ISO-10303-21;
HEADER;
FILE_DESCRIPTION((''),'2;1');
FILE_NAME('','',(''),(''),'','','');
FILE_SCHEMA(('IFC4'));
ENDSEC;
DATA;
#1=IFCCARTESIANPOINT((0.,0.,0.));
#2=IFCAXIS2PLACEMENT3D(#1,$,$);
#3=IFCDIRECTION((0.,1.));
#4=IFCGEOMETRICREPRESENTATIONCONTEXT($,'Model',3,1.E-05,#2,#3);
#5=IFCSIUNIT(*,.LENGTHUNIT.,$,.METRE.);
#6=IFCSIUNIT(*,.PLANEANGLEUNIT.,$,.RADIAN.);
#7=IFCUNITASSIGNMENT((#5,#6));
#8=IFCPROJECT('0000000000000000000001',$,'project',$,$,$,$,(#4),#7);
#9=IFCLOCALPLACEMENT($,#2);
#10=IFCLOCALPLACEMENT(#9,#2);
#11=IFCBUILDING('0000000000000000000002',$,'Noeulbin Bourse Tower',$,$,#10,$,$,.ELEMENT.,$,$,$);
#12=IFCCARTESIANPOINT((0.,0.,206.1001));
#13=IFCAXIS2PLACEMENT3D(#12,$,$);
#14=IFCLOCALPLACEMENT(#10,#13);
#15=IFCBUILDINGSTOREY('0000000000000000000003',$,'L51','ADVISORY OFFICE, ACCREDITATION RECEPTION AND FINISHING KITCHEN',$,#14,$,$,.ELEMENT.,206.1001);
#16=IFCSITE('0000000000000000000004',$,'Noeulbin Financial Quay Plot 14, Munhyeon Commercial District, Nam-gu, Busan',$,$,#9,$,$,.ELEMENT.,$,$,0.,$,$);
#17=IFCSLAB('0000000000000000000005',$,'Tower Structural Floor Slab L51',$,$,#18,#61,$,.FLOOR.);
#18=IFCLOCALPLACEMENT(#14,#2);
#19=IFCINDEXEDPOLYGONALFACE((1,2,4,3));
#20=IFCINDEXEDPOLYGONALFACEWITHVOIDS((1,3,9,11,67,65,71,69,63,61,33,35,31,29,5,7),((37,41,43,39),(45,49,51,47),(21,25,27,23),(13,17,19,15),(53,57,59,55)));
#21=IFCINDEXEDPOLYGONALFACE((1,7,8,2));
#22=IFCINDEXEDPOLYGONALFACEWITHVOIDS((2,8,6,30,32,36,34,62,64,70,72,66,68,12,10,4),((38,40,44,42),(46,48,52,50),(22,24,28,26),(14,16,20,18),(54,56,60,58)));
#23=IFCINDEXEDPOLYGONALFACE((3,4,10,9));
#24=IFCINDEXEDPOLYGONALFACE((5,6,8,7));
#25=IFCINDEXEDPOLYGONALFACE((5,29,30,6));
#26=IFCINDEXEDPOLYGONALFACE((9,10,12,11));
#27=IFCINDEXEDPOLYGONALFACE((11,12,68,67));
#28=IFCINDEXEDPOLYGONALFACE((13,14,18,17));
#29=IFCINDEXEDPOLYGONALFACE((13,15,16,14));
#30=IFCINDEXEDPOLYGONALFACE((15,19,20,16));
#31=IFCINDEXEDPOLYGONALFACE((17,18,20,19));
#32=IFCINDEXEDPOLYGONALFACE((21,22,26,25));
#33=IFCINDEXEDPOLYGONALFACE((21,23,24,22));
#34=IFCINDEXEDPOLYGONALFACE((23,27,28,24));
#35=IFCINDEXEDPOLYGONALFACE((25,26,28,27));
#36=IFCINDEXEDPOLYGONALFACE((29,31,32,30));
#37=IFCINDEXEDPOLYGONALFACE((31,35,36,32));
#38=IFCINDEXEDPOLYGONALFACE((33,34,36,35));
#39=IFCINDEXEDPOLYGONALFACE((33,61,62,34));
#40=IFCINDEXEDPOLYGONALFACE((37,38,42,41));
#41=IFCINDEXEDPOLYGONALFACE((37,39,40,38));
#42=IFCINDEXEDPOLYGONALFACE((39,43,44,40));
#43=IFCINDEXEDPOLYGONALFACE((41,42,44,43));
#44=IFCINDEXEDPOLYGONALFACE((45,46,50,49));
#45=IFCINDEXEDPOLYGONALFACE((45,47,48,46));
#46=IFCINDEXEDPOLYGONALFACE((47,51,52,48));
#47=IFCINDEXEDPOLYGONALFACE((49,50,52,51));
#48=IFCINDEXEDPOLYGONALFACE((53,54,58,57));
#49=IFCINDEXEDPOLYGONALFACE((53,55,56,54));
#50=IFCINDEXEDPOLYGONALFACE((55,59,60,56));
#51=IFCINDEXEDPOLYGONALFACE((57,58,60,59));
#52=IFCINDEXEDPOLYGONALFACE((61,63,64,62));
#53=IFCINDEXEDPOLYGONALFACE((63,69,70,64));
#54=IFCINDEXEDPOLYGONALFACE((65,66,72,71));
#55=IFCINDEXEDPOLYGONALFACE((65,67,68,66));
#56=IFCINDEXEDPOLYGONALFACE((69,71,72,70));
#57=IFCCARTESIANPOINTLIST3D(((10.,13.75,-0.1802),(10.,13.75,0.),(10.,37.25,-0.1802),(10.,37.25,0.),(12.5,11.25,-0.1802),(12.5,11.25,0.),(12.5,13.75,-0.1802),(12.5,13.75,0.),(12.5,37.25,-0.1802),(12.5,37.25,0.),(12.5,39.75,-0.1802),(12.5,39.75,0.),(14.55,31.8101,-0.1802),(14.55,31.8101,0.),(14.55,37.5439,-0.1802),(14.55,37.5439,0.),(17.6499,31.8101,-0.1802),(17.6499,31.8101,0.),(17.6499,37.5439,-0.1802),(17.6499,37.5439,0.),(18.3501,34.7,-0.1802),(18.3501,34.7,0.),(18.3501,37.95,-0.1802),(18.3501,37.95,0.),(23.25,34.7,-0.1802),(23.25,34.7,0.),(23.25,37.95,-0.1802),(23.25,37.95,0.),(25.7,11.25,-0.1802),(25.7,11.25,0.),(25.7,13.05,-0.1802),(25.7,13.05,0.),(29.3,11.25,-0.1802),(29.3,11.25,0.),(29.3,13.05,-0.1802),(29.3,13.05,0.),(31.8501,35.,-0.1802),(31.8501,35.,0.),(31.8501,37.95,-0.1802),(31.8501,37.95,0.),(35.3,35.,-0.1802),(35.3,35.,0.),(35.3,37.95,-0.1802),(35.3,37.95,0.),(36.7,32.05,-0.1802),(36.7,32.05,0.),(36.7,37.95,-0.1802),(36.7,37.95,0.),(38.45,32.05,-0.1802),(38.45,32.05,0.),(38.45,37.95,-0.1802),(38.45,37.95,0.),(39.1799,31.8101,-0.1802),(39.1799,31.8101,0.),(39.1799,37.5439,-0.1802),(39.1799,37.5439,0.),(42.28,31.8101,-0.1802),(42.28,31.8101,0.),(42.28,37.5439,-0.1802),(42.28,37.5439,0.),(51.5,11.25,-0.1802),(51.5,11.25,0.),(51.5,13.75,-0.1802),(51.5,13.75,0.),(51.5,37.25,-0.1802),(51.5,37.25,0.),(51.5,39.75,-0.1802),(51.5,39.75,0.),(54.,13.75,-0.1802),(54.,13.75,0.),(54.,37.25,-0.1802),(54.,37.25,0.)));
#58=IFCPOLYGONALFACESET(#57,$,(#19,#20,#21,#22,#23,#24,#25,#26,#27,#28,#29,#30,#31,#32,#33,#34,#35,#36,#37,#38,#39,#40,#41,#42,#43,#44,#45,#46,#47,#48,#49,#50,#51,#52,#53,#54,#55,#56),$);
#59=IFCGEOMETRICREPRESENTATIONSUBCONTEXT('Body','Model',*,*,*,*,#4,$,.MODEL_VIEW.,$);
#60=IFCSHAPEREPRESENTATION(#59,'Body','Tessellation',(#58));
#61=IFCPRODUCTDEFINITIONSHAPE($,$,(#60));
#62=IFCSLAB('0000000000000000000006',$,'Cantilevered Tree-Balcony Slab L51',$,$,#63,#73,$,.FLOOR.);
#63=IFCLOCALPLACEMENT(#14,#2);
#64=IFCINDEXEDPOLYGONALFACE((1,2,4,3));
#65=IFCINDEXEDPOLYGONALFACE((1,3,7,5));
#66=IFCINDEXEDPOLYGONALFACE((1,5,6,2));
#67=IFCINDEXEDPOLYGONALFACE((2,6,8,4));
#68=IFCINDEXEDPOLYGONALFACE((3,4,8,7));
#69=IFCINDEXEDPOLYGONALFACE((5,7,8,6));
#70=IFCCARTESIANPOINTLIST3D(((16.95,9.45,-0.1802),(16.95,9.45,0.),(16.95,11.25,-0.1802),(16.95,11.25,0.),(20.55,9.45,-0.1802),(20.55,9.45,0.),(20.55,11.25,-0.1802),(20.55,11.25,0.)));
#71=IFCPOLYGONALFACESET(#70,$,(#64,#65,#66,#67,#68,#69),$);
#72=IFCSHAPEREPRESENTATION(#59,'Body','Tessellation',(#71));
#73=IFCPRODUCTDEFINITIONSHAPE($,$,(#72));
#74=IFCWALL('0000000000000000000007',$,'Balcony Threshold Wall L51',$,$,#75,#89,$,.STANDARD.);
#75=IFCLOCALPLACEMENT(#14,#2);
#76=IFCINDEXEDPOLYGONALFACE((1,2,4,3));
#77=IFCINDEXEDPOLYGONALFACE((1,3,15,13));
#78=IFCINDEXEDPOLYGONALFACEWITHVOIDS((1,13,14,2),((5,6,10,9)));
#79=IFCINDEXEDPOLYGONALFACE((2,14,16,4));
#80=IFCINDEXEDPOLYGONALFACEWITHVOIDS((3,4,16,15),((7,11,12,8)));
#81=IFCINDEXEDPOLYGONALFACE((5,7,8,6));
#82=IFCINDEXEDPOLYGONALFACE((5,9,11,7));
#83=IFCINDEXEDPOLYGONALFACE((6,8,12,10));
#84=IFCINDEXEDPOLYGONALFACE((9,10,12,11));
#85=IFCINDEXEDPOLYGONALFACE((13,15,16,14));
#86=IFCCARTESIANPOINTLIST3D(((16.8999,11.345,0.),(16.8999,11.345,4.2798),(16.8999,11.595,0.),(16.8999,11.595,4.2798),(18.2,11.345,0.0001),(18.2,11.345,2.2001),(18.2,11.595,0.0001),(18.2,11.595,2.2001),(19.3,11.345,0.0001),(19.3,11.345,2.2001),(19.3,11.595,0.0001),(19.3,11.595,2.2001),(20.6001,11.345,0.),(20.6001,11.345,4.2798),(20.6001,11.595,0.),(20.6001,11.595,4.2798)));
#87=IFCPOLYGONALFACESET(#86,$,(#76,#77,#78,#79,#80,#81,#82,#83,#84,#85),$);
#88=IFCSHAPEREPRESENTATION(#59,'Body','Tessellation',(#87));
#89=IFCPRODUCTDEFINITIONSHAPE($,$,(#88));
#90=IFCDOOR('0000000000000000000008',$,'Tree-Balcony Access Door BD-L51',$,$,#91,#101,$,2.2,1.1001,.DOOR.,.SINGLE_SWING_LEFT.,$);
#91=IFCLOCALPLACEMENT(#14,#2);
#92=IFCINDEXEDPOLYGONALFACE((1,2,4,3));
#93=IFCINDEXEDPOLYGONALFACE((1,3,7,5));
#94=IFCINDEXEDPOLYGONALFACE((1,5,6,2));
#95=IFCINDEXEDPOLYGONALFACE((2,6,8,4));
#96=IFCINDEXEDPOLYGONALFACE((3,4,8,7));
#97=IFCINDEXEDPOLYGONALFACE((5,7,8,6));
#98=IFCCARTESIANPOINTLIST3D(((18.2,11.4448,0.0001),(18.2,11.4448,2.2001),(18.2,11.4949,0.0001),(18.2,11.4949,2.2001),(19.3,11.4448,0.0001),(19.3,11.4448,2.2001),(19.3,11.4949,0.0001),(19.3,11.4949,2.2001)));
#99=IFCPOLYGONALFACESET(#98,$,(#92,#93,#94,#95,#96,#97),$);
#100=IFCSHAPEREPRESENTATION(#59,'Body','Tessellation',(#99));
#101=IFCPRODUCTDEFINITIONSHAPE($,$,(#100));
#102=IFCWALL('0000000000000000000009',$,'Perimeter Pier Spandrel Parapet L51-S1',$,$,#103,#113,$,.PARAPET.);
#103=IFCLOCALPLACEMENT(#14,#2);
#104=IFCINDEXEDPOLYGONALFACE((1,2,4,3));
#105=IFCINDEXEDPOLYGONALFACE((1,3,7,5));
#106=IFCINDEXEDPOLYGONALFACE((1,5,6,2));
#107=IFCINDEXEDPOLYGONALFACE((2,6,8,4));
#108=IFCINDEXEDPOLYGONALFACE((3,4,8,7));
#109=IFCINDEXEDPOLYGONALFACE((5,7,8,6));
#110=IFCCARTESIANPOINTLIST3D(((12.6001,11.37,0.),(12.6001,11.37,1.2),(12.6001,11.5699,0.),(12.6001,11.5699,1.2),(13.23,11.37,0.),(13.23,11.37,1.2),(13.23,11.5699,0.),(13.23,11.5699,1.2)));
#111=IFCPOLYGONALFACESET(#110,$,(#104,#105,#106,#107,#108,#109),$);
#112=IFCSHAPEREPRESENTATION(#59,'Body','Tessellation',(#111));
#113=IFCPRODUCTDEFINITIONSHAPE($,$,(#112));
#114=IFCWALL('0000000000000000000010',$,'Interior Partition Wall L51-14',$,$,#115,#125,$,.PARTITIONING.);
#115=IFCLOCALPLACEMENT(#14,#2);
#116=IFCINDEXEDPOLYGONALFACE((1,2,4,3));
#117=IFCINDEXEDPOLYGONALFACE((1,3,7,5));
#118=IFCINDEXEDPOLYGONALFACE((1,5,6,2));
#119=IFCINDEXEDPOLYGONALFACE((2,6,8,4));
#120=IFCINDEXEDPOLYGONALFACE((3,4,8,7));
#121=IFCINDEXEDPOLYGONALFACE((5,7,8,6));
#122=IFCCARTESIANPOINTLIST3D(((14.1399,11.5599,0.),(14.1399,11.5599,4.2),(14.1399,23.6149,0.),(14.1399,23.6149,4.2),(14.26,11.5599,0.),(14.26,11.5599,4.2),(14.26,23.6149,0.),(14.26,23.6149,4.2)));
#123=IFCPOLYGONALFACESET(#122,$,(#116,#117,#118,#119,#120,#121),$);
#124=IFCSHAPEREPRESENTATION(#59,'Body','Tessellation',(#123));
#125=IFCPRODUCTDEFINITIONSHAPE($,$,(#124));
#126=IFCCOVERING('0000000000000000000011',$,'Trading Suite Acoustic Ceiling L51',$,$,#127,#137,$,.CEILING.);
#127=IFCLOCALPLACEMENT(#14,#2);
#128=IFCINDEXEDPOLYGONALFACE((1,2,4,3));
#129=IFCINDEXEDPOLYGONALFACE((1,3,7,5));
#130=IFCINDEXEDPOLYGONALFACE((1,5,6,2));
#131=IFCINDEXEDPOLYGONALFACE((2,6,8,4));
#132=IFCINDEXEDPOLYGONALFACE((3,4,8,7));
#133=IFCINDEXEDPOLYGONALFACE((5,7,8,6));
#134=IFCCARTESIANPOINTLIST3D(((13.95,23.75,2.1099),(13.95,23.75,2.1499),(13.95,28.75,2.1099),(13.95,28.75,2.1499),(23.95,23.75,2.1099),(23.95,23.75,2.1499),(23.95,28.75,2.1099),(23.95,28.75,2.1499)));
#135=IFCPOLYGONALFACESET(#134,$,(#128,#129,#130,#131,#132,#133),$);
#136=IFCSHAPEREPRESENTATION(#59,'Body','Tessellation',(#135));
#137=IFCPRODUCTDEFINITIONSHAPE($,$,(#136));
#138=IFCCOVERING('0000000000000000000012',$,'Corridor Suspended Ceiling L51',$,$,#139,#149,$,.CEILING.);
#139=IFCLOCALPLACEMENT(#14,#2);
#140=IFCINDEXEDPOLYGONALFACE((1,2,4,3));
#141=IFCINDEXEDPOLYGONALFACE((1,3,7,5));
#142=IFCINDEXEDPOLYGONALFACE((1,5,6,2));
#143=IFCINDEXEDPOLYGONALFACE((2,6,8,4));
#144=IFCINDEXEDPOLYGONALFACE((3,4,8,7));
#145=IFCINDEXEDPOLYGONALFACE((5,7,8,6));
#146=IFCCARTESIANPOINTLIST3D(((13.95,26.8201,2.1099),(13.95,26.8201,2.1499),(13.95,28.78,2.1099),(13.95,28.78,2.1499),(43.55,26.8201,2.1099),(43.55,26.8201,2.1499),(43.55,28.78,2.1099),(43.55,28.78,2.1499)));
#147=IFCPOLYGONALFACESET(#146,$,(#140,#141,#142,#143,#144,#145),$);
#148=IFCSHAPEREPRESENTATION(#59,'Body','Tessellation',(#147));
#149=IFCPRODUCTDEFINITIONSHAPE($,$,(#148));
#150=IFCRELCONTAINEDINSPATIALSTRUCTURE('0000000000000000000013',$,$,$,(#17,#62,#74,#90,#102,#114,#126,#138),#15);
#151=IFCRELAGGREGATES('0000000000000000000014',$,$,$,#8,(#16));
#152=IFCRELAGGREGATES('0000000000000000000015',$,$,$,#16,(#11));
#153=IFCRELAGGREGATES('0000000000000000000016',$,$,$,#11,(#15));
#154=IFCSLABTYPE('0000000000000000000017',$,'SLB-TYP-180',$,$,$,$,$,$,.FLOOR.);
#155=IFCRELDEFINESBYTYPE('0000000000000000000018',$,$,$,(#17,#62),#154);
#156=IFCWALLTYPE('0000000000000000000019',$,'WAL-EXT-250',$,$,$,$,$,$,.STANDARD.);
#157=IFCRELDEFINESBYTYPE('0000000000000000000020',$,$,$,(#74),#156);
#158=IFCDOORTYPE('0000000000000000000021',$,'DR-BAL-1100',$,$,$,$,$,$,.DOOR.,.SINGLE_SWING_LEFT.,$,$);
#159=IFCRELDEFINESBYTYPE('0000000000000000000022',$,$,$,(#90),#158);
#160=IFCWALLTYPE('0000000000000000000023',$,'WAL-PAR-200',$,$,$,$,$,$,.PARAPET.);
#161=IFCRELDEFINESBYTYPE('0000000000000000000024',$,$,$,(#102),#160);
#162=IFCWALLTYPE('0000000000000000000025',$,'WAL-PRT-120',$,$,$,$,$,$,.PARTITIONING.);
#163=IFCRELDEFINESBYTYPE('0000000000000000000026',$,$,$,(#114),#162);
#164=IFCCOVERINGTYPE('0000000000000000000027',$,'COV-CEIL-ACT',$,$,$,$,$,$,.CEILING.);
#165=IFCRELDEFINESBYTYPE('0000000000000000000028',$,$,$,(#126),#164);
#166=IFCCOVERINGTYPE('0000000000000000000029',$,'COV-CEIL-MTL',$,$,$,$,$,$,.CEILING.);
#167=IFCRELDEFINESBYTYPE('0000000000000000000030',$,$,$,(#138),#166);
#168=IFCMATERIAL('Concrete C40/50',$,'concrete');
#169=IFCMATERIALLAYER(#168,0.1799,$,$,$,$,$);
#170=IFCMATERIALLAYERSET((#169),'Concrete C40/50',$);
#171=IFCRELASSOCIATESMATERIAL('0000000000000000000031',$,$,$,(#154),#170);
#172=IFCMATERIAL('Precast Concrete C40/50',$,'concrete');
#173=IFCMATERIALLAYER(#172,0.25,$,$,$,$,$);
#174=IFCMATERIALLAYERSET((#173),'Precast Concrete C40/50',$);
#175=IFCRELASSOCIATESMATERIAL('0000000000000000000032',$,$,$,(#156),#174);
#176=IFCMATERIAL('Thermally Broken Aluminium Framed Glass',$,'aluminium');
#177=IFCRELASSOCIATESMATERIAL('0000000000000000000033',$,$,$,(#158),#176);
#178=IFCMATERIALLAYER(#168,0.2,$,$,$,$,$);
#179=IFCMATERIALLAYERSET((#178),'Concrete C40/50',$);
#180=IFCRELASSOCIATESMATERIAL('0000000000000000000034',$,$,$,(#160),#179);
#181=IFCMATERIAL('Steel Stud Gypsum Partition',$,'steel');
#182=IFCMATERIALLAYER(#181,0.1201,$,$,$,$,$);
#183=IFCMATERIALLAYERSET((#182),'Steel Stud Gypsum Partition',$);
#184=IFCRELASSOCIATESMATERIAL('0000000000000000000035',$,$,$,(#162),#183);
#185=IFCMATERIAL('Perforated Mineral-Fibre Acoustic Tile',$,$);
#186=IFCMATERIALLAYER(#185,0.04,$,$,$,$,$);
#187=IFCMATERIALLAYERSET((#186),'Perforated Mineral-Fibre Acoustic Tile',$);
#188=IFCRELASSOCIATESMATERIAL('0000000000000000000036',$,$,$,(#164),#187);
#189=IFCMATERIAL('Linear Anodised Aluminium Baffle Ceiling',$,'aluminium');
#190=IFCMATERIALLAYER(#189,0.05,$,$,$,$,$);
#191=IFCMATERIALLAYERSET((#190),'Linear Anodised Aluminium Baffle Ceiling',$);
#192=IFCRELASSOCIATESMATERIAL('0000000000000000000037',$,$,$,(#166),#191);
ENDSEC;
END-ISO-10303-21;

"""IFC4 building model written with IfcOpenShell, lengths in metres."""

from ifc_helpers import new_model, si_unit, direction, frame, frame_2d, origin, place, context, subcontext, project, spatial, polyline, rectangle, outline, extrude, material, layer, layer_set, type_object, element, fill, save


model = new_model("IFC4")

# Units and contexts
model_context = context("Model", 3, precision=1e-05, world=origin(), true_north=direction((0.0, 1.0)))
body_context = subcontext(model_context, "Body", "Model", "MODEL_VIEW")
ifc_project = project(units=[si_unit("LENGTHUNIT", "METRE"), si_unit("PLANEANGLEUNIT", "RADIAN")], contexts=[model_context])

# Site, building, storey
site_placement = place(None, origin())
site = spatial("IfcSite", under=ifc_project, at=site_placement, Name="Noeulbin Financial Quay Plot 14, Munhyeon Commercial District, Nam-gu, Busan", CompositionType="ELEMENT", RefElevation=0.0)
building_placement = place(site_placement, origin())
building = spatial("IfcBuilding", under=site, at=building_placement, Name="Noeulbin Bourse Tower", CompositionType="ELEMENT")
storey_placement = place(building_placement, frame((0.0, 0.0, 206.1001)))
storey = spatial("IfcBuildingStorey", under=building, at=storey_placement, Name="L51", Description="ADVISORY OFFICE, ACCREDITATION RECEPTION AND FINISHING KITCHEN", CompositionType="ELEMENT", Elevation=206.1001)

# Shared definitions
ifc_material_1 = material(Name="Concrete C40/50", Category="concrete")

# Slab, openings
ifc_layer_1 = layer(ifc_material_1, 0.1799)
ifc_layer_set_1 = layer_set([ifc_layer_1], Name="Concrete C40/50")
slab_type_1 = type_object("IfcSlabType", Name="SLB-TYP-180", PredefinedType="FLOOR", material=ifc_layer_set_1)
slab_1_placement = place(storey_placement, frame((0.0, 0.0, -0.1802)))
slab_1 = element("IfcSlab", 1, at=slab_1_placement, inside=storey, type_object=slab_type_1, Name="Tower Structural Floor Slab L51", PredefinedType="FLOOR", context=body_context, shape_type="SweptSolid", body=[
    extrude(outline(polyline([(12.5, 11.25), (25.7, 11.25), (25.7, 13.05), (29.3, 13.05), (29.3, 11.25), (51.5, 11.25), (51.5, 13.75), (54.0, 13.75), (54.0, 37.25), (51.5, 37.25), (51.5, 39.75), (12.5, 39.75), (12.5, 37.25), (10.0, 37.25), (10.0, 13.75), (12.5, 13.75), (12.5, 11.25)]), holes=[polyline([(17.6499, 31.8101), (17.6499, 37.5439), (14.55, 37.5439), (14.55, 31.8101), (17.6499, 31.8101)]), polyline([(42.28, 31.8101), (42.28, 37.5439), (39.1799, 37.5439), (39.1799, 31.8101), (42.28, 31.8101)]), polyline([(18.3501, 34.7), (23.25, 34.7), (23.25, 37.95), (18.3501, 37.95), (18.3501, 34.7)]), polyline([(36.7, 32.05), (38.45, 32.05), (38.45, 37.95), (36.7, 37.95), (36.7, 32.05)]), polyline([(31.8501, 35.0), (35.3, 35.0), (35.3, 37.95), (31.8501, 37.95), (31.8501, 35.0)])]), origin(), (0.0, 0.0, 1.0), 0.1802),
])
opening_1_placement = place(slab_1_placement, frame((0.0, 0.0, -0.01)))
element("IfcOpeningElement", 2, at=opening_1_placement, cuts=slab_1, PredefinedType="OPENING", context=body_context, shape_type="SweptSolid", body=[
    extrude(outline(polyline([(17.6499, 31.8101), (17.6499, 37.5439), (14.55, 37.5439), (14.55, 31.8101), (17.6499, 31.8101)])), origin(), (0.0, 0.0, 1.0), 0.2002),
])
opening_2_placement = place(slab_1_placement, frame((0.0, 0.0, -0.01)))
element("IfcOpeningElement", 3, at=opening_2_placement, cuts=slab_1, PredefinedType="OPENING", context=body_context, shape_type="SweptSolid", body=[
    extrude(outline(polyline([(42.28, 31.8101), (42.28, 37.5439), (39.1799, 37.5439), (39.1799, 31.8101), (42.28, 31.8101)])), origin(), (0.0, 0.0, 1.0), 0.2002),
])
opening_3_placement = place(slab_1_placement, frame((0.0, 0.0, -0.01)))
element("IfcOpeningElement", 4, at=opening_3_placement, cuts=slab_1, PredefinedType="OPENING", context=body_context, shape_type="SweptSolid", body=[
    extrude(outline(polyline([(18.3501, 34.7), (23.25, 34.7), (23.25, 37.95), (18.3501, 37.95), (18.3501, 34.7)])), origin(), (0.0, 0.0, 1.0), 0.2002),
])
opening_4_placement = place(slab_1_placement, frame((0.0, 0.0, -0.01)))
element("IfcOpeningElement", 5, at=opening_4_placement, cuts=slab_1, PredefinedType="OPENING", context=body_context, shape_type="SweptSolid", body=[
    extrude(outline(polyline([(36.7, 32.05), (38.45, 32.05), (38.45, 37.95), (36.7, 37.95), (36.7, 32.05)])), origin(), (0.0, 0.0, 1.0), 0.2002),
])
opening_5_placement = place(slab_1_placement, frame((0.0, 0.0, -0.01)))
element("IfcOpeningElement", 6, at=opening_5_placement, cuts=slab_1, PredefinedType="OPENING", context=body_context, shape_type="SweptSolid", body=[
    extrude(outline(polyline([(31.8501, 35.0), (35.3, 35.0), (35.3, 37.95), (31.8501, 37.95), (31.8501, 35.0)])), origin(), (0.0, 0.0, 1.0), 0.2002),
])

# Slab
slab_2_placement = place(storey_placement, frame((0.0, 0.0, -0.1802)))
element("IfcSlab", 7, at=slab_2_placement, inside=storey, type_object=slab_type_1, Name="Cantilevered Tree-Balcony Slab L51", PredefinedType="FLOOR", context=body_context, shape_type="SweptSolid", body=[
    extrude(outline(polyline([(16.95, 9.45), (20.55, 9.45), (20.55, 11.25), (16.95, 11.25), (16.95, 9.45)])), origin(), (0.0, 0.0, 1.0), 0.1802),
])

# Wall, opening, door
ifc_material_2 = material(Name="Precast Concrete C40/50", Category="concrete")
ifc_layer_2 = layer(ifc_material_2, 0.25)
ifc_layer_set_2 = layer_set([ifc_layer_2], Name="Precast Concrete C40/50")
wall_type_1 = type_object("IfcWallType", Name="WAL-EXT-250", PredefinedType="STANDARD", material=ifc_layer_set_2)
wall_1_placement = place(storey_placement, frame((16.8999, 11.47, 0.0), z_axis=(0.0, 0.0, 1.0), x_axis=(1.0, 0.0, 0.0)))
wall_1 = element("IfcWall", 8, at=wall_1_placement, inside=storey, type_object=wall_type_1, Name="Balcony Threshold Wall L51", PredefinedType="STANDARD", context=body_context, shape_type="SweptSolid", body=[
    extrude(rectangle(XDim=3.7002, YDim=0.25, at=frame_2d((1.8501, 0.0))), origin(), (0.0, 0.0, 1.0), 4.2798),
])
opening_6_placement = place(wall_1_placement, frame((1.3, 0.0, 0.0)))
opening_6 = element("IfcOpeningElement", 9, at=opening_6_placement, cuts=wall_1, PredefinedType="OPENING", context=body_context, shape_type="SweptSolid", body=[
    extrude(rectangle(XDim=1.1001, YDim=2.2, at=frame_2d((0.55, 1.1001))), frame((0.0, 0.135, 0.0), z_axis=(0.0, -1.0, 0.0), x_axis=(1.0, 0.0, 0.0)), (0.0, 0.0, 1.0), 0.27),
])
ifc_material_3 = material(Name="Thermally Broken Aluminium Framed Glass", Category="aluminium")
door_type = type_object("IfcDoorType", Name="DR-BAL-1100", OperationType="SINGLE_SWING_LEFT", PredefinedType="DOOR", material=ifc_material_3)
door_placement = place(opening_6_placement, origin())
door = element("IfcDoor", 10, at=door_placement, inside=storey, type_object=door_type, Name="Tree-Balcony Access Door BD-L51", OperationType="SINGLE_SWING_LEFT", OverallHeight=2.2, OverallWidth=1.1001, PredefinedType="DOOR", context=body_context, shape_type="SweptSolid", body=[
    extrude(rectangle(XDim=1.1001, YDim=2.2, at=frame_2d((0.55, 1.1001))), frame((0.0, 0.0249, 0.0), z_axis=(0.0, -1.0, 0.0), x_axis=(1.0, 0.0, 0.0)), (0.0, 0.0, 1.0), 0.05),
])
fill(opening_6, door)

# Walls
ifc_layer_3 = layer(ifc_material_1, 0.2)
ifc_layer_set_3 = layer_set([ifc_layer_3], Name="Concrete C40/50")
wall_type_2 = type_object("IfcWallType", Name="WAL-PAR-200", PredefinedType="PARAPET", material=ifc_layer_set_3)
wall_2_placement = place(storey_placement, frame((12.6001, 11.47, 0.0), z_axis=(0.0, 0.0, 1.0), x_axis=(1.0, 0.0, 0.0)))
element("IfcWall", 11, at=wall_2_placement, inside=storey, type_object=wall_type_2, Name="Perimeter Pier Spandrel Parapet L51-S1", PredefinedType="PARAPET", context=body_context, shape_type="SweptSolid", body=[
    extrude(rectangle(XDim=0.6299, YDim=0.2, at=frame_2d((0.3149, 0.0))), origin(), (0.0, 0.0, 1.0), 1.2),
])
ifc_material_4 = material(Name="Steel Stud Gypsum Partition", Category="steel")
ifc_layer_4 = layer(ifc_material_4, 0.1201)
ifc_layer_set_4 = layer_set([ifc_layer_4], Name="Steel Stud Gypsum Partition")
wall_type_3 = type_object("IfcWallType", Name="WAL-PRT-120", PredefinedType="PARTITIONING", material=ifc_layer_set_4)
wall_3_placement = place(storey_placement, frame((14.2, 11.5601, 0.0), z_axis=(0.0, 0.0, 1.0), x_axis=(0.0, 1.0, 0.0)))
element("IfcWall", 12, at=wall_3_placement, inside=storey, type_object=wall_type_3, Name="Interior Partition Wall L51-14", PredefinedType="PARTITIONING", context=body_context, shape_type="SweptSolid", body=[
    extrude(rectangle(XDim=12.0549, YDim=0.1201, at=frame_2d((6.0273, 0.0))), origin(), (0.0, 0.0, 1.0), 4.2),
])

# Coverings
ifc_material_5 = material(Name="Perforated Mineral-Fibre Acoustic Tile")
ifc_layer_5 = layer(ifc_material_5, 0.04)
ifc_layer_set_5 = layer_set([ifc_layer_5], Name="Perforated Mineral-Fibre Acoustic Tile")
covering_type_1 = type_object("IfcCoveringType", Name="COV-CEIL-ACT", PredefinedType="CEILING", material=ifc_layer_set_5)
covering_1_placement = place(storey_placement, frame((0.0, 0.0, 2.1099)))
element("IfcCovering", 13, at=covering_1_placement, inside=storey, type_object=covering_type_1, Name="Trading Suite Acoustic Ceiling L51", PredefinedType="CEILING", context=body_context, shape_type="SweptSolid", body=[
    extrude(outline(polyline([(13.95, 23.75), (23.95, 23.75), (23.95, 28.75), (13.95, 28.75), (13.95, 23.75)])), origin(), (0.0, 0.0, 1.0), 0.04),
])
ifc_material_6 = material(Name="Linear Anodised Aluminium Baffle Ceiling", Category="aluminium")
ifc_layer_6 = layer(ifc_material_6, 0.05)
ifc_layer_set_6 = layer_set([ifc_layer_6], Name="Linear Anodised Aluminium Baffle Ceiling")
covering_type_2 = type_object("IfcCoveringType", Name="COV-CEIL-MTL", PredefinedType="CEILING", material=ifc_layer_set_6)
covering_2_placement = place(storey_placement, frame((0.0, 0.0, 2.1099)))
element("IfcCovering", 14, at=covering_2_placement, inside=storey, type_object=covering_type_2, Name="Corridor Suspended Ceiling L51", PredefinedType="CEILING", context=body_context, shape_type="SweptSolid", body=[
    extrude(outline(polyline([(13.95, 26.8201), (43.55, 26.8201), (43.55, 28.78), (13.95, 28.78), (13.95, 26.8201)])), origin(), (0.0, 0.0, 1.0), 0.04),
])

save(model, "model.ifc")
